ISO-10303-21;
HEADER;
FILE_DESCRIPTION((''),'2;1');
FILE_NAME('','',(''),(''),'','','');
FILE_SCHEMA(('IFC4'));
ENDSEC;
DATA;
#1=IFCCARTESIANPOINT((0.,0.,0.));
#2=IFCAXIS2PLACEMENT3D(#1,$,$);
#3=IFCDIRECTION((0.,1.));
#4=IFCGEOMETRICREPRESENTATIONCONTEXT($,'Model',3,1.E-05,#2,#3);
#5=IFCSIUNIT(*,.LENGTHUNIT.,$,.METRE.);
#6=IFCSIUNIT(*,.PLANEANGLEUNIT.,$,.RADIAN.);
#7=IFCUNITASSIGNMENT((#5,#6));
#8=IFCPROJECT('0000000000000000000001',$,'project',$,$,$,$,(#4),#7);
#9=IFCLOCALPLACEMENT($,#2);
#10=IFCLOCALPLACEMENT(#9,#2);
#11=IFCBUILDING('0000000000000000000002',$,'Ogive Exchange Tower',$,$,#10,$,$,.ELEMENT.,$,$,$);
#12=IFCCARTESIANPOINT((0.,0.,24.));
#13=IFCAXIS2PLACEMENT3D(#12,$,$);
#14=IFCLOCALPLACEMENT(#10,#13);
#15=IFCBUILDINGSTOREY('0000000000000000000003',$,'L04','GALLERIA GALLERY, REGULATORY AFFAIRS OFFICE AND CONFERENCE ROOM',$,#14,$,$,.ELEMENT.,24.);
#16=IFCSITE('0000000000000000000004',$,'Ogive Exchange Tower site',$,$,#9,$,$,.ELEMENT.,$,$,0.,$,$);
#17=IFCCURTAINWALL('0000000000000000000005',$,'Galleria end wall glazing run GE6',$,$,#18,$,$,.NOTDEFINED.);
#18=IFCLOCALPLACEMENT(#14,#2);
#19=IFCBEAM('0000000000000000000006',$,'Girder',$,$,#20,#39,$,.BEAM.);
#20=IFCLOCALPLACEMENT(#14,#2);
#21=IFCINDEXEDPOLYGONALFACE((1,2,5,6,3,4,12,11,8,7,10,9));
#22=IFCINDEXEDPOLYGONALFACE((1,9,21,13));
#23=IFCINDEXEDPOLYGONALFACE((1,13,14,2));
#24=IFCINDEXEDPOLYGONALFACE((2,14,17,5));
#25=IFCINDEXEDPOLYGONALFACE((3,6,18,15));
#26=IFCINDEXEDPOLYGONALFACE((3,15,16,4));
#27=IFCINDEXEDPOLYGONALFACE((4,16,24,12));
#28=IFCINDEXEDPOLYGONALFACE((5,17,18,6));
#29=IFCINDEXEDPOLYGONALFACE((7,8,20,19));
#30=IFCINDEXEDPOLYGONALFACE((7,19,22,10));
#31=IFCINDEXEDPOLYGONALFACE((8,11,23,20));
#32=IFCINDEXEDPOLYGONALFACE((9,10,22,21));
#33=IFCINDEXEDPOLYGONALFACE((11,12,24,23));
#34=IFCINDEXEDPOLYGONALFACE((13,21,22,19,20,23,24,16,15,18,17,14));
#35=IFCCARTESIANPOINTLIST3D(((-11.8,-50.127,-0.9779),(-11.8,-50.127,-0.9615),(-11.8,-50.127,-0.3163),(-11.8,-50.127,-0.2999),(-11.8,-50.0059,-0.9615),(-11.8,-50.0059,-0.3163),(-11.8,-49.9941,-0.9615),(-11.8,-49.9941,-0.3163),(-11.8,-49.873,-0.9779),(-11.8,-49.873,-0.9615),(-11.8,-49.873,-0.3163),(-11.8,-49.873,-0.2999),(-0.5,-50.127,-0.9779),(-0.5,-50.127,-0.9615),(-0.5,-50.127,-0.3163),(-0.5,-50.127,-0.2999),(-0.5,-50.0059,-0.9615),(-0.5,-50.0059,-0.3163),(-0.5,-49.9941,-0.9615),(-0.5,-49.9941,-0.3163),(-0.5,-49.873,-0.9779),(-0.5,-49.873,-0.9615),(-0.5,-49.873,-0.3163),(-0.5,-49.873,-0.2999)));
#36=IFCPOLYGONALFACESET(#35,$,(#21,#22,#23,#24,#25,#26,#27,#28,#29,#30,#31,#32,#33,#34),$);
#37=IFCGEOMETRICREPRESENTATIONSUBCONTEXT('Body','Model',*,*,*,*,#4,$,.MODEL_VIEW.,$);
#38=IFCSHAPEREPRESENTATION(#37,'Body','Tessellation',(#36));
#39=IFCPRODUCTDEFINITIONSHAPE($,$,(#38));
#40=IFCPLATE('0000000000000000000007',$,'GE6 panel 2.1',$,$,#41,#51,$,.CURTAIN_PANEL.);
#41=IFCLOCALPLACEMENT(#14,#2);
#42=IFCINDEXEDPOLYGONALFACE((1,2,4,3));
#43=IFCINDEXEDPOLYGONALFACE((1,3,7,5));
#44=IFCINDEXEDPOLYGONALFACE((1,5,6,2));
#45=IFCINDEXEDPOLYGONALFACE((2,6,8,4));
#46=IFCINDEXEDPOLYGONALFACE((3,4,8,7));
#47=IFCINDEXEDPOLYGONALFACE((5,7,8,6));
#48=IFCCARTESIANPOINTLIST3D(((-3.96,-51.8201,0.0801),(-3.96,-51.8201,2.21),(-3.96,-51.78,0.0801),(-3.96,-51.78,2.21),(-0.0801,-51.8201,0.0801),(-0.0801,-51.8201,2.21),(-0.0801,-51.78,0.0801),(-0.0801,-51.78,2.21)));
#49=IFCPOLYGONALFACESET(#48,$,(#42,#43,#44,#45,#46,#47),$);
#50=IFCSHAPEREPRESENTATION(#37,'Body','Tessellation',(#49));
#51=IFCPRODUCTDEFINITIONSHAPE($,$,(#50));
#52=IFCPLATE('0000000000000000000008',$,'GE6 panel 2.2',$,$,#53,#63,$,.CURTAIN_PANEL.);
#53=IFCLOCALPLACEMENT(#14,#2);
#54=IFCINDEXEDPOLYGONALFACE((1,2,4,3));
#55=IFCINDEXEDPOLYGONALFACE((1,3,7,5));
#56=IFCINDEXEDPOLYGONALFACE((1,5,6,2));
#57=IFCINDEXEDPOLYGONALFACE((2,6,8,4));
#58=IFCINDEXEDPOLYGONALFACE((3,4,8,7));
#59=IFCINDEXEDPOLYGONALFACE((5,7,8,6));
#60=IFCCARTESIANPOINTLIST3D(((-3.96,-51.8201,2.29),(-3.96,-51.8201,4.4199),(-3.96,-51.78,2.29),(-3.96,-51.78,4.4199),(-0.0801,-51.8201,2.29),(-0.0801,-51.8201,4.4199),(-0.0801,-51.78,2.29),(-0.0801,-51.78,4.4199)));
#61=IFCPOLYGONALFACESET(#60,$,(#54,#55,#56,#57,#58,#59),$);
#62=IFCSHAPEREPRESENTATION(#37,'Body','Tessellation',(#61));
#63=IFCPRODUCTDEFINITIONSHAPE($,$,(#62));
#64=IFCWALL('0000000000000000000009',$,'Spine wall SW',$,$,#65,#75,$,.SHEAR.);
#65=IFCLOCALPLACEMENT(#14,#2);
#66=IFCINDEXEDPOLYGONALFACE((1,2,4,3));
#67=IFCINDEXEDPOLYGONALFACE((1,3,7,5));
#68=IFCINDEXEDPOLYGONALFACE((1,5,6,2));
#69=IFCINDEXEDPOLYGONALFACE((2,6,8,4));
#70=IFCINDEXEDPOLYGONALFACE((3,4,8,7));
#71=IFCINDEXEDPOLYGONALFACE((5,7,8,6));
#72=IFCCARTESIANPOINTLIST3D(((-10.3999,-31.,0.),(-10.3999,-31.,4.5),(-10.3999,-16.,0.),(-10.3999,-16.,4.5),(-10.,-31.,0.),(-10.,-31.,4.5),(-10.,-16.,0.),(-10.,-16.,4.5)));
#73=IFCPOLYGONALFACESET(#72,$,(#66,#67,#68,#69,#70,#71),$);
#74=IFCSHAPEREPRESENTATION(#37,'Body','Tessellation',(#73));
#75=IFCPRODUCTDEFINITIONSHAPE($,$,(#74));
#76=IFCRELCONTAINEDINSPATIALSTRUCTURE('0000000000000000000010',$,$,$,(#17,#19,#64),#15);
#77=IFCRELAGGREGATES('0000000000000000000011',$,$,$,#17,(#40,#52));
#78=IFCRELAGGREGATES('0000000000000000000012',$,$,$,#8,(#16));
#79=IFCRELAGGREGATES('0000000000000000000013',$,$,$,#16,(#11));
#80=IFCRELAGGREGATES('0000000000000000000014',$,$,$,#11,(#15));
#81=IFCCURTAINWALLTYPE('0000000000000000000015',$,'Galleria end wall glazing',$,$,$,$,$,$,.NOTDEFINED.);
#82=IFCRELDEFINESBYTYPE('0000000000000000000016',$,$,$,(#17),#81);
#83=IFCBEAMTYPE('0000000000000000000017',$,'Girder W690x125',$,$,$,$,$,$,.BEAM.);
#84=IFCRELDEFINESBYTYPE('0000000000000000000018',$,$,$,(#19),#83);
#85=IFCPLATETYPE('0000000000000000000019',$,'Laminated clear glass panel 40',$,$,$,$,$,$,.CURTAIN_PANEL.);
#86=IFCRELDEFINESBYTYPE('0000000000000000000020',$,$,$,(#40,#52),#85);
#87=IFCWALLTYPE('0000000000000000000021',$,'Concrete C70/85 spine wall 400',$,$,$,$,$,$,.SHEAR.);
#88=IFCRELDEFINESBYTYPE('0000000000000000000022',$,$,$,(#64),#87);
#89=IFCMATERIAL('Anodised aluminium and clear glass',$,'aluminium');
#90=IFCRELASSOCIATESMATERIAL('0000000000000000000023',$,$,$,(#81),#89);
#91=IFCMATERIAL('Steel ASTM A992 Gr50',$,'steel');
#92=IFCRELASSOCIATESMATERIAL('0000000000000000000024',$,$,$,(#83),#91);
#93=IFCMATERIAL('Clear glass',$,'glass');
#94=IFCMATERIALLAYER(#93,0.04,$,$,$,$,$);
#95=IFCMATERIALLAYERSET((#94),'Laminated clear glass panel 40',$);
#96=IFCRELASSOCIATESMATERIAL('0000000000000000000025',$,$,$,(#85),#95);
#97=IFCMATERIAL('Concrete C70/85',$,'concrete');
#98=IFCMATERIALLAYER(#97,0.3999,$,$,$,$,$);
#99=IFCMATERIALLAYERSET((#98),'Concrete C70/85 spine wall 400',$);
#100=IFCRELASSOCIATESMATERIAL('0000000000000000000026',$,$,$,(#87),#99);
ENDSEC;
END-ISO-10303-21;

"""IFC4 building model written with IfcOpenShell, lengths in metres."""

from ifc_helpers import new_model, si_unit, direction, frame, frame_2d, origin, origin_2d, place, context, subcontext, project, spatial, rectangle, i_section, extrude, material, layer, layer_set, material_profile, profile_set, type_object, element, aggregate, save


model = new_model("IFC4")

# Units and contexts
model_context = context("Model", 3, precision=1e-05, world=origin(), true_north=direction((0.0, 1.0)))
body_context = subcontext(model_context, "Body", "Model", "MODEL_VIEW")
ifc_project = project(units=[si_unit("LENGTHUNIT", "METRE"), si_unit("PLANEANGLEUNIT", "RADIAN")], contexts=[model_context])

# Site, building, storey
site_placement = place(None, origin())
site = spatial("IfcSite", under=ifc_project, at=site_placement, Name="Ogive Exchange Tower site", CompositionType="ELEMENT", RefElevation=0.0)
building_placement = place(site_placement, origin())
building = spatial("IfcBuilding", under=site, at=building_placement, Name="Ogive Exchange Tower", CompositionType="ELEMENT")
storey_placement = place(building_placement, frame((0.0, 0.0, 24.0)))
storey = spatial("IfcBuildingStorey", under=building, at=storey_placement, Name="L04", Description="GALLERIA GALLERY, REGULATORY AFFAIRS OFFICE AND CONFERENCE ROOM", CompositionType="ELEMENT", Elevation=24.0)

# Shared definitions
ifc_material_1 = material(Name="Concrete C70/85", Category="concrete")

# Curtain wall
ifc_material_2 = material(Name="Anodised aluminium and clear glass", Category="aluminium")
curtain_wall_type = type_object("IfcCurtainWallType", Name="Galleria end wall glazing", PredefinedType="NOTDEFINED", material=ifc_material_2)
curtain_wall_placement = place(storey_placement, origin())
curtain_wall = element("IfcCurtainWall", 1, at=curtain_wall_placement, inside=storey, type_object=curtain_wall_type, Name="Galleria end wall glazing run GE6", PredefinedType="NOTDEFINED")

# Beam
ifc_material_3 = material(Name="Steel ASTM A992 Gr50", Category="steel")
ifc_material_profile_1 = material_profile(ifc_material_3, i_section(OverallWidth=0.2539, OverallDepth=0.678, WebThickness=0.0117, FlangeThickness=0.0164, at=origin_2d()), Name="W690x125")
ifc_profile_set_1 = profile_set([ifc_material_profile_1], Name="Steel ASTM A992 Gr50")
beam_type_1 = type_object("IfcBeamType", Name="Girder W690x125", PredefinedType="BEAM", material=ifc_profile_set_1)
for number, where, z_axis, x_axis, name in (
    (2, (-11.8, -50.0, -0.6389), (1.0, 0.0, 0.0), (0.0, 1.0, 0.0), "Girder"),
):
    element("IfcBeam", number, at=place(storey_placement, frame(where, z_axis=z_axis, x_axis=x_axis)), inside=storey, type_object=beam_type_1, Name=name, PredefinedType="BEAM", context=body_context, shape_type="SweptSolid", body=[
        extrude(i_section(OverallWidth=0.2539, OverallDepth=0.678, WebThickness=0.0117, FlangeThickness=0.0164, at=origin_2d()), origin(), (0.0, 0.0, 1.0), 11.3),
    ])

# Plates
ifc_material_4 = material(Name="Clear glass", Category="glass")
ifc_layer_1 = layer(ifc_material_4, 0.04)
ifc_layer_set_1 = layer_set([ifc_layer_1], Name="Laminated clear glass panel 40")
plate_type = type_object("IfcPlateType", Name="Laminated clear glass panel 40", PredefinedType="CURTAIN_PANEL", material=ifc_layer_set_1)
plate_1_placement = place(storey_placement, frame((-2.02, -51.8, 0.0801), z_axis=(0.0, 0.0, 1.0), x_axis=(1.0, 0.0, 0.0)))
plate_1 = element("IfcPlate", 3, at=plate_1_placement, type_object=plate_type, Name="GE6 panel 2.1", PredefinedType="CURTAIN_PANEL", context=body_context, shape_type="SweptSolid", body=[
    extrude(rectangle(XDim=3.8799, YDim=0.04, at=origin_2d()), origin(), (0.0, 0.0, 1.0), 2.1299),
])
plate_2_placement = place(storey_placement, frame((-2.02, -51.8, 2.29), z_axis=(0.0, 0.0, 1.0), x_axis=(1.0, 0.0, 0.0)))
plate_2 = element("IfcPlate", 4, at=plate_2_placement, type_object=plate_type, Name="GE6 panel 2.2", PredefinedType="CURTAIN_PANEL", context=body_context, shape_type="SweptSolid", body=[
    extrude(rectangle(XDim=3.8799, YDim=0.04, at=origin_2d()), origin(), (0.0, 0.0, 1.0), 2.1299),
])
aggregate(curtain_wall, [plate_1, plate_2])

# Wall
ifc_layer_2 = layer(ifc_material_1, 0.3999)
ifc_layer_set_2 = layer_set([ifc_layer_2], Name="Concrete C70/85 spine wall 400")
wall_type = type_object("IfcWallType", Name="Concrete C70/85 spine wall 400", PredefinedType="SHEAR", material=ifc_layer_set_2)
wall_placement = place(storey_placement, frame((-10.2, -31.0, 0.0), z_axis=(0.0, 0.0, 1.0), x_axis=(0.0, 1.0, 0.0)))
element("IfcWall", 5, at=wall_placement, inside=storey, type_object=wall_type, Name="Spine wall SW", PredefinedType="SHEAR", context=body_context, shape_type="SweptSolid", body=[
    extrude(rectangle(XDim=15.0, YDim=0.3999, at=frame_2d((7.5, 0.0))), origin(), (0.0, 0.0, 1.0), 4.5),
])

save(model, "model.ifc")
